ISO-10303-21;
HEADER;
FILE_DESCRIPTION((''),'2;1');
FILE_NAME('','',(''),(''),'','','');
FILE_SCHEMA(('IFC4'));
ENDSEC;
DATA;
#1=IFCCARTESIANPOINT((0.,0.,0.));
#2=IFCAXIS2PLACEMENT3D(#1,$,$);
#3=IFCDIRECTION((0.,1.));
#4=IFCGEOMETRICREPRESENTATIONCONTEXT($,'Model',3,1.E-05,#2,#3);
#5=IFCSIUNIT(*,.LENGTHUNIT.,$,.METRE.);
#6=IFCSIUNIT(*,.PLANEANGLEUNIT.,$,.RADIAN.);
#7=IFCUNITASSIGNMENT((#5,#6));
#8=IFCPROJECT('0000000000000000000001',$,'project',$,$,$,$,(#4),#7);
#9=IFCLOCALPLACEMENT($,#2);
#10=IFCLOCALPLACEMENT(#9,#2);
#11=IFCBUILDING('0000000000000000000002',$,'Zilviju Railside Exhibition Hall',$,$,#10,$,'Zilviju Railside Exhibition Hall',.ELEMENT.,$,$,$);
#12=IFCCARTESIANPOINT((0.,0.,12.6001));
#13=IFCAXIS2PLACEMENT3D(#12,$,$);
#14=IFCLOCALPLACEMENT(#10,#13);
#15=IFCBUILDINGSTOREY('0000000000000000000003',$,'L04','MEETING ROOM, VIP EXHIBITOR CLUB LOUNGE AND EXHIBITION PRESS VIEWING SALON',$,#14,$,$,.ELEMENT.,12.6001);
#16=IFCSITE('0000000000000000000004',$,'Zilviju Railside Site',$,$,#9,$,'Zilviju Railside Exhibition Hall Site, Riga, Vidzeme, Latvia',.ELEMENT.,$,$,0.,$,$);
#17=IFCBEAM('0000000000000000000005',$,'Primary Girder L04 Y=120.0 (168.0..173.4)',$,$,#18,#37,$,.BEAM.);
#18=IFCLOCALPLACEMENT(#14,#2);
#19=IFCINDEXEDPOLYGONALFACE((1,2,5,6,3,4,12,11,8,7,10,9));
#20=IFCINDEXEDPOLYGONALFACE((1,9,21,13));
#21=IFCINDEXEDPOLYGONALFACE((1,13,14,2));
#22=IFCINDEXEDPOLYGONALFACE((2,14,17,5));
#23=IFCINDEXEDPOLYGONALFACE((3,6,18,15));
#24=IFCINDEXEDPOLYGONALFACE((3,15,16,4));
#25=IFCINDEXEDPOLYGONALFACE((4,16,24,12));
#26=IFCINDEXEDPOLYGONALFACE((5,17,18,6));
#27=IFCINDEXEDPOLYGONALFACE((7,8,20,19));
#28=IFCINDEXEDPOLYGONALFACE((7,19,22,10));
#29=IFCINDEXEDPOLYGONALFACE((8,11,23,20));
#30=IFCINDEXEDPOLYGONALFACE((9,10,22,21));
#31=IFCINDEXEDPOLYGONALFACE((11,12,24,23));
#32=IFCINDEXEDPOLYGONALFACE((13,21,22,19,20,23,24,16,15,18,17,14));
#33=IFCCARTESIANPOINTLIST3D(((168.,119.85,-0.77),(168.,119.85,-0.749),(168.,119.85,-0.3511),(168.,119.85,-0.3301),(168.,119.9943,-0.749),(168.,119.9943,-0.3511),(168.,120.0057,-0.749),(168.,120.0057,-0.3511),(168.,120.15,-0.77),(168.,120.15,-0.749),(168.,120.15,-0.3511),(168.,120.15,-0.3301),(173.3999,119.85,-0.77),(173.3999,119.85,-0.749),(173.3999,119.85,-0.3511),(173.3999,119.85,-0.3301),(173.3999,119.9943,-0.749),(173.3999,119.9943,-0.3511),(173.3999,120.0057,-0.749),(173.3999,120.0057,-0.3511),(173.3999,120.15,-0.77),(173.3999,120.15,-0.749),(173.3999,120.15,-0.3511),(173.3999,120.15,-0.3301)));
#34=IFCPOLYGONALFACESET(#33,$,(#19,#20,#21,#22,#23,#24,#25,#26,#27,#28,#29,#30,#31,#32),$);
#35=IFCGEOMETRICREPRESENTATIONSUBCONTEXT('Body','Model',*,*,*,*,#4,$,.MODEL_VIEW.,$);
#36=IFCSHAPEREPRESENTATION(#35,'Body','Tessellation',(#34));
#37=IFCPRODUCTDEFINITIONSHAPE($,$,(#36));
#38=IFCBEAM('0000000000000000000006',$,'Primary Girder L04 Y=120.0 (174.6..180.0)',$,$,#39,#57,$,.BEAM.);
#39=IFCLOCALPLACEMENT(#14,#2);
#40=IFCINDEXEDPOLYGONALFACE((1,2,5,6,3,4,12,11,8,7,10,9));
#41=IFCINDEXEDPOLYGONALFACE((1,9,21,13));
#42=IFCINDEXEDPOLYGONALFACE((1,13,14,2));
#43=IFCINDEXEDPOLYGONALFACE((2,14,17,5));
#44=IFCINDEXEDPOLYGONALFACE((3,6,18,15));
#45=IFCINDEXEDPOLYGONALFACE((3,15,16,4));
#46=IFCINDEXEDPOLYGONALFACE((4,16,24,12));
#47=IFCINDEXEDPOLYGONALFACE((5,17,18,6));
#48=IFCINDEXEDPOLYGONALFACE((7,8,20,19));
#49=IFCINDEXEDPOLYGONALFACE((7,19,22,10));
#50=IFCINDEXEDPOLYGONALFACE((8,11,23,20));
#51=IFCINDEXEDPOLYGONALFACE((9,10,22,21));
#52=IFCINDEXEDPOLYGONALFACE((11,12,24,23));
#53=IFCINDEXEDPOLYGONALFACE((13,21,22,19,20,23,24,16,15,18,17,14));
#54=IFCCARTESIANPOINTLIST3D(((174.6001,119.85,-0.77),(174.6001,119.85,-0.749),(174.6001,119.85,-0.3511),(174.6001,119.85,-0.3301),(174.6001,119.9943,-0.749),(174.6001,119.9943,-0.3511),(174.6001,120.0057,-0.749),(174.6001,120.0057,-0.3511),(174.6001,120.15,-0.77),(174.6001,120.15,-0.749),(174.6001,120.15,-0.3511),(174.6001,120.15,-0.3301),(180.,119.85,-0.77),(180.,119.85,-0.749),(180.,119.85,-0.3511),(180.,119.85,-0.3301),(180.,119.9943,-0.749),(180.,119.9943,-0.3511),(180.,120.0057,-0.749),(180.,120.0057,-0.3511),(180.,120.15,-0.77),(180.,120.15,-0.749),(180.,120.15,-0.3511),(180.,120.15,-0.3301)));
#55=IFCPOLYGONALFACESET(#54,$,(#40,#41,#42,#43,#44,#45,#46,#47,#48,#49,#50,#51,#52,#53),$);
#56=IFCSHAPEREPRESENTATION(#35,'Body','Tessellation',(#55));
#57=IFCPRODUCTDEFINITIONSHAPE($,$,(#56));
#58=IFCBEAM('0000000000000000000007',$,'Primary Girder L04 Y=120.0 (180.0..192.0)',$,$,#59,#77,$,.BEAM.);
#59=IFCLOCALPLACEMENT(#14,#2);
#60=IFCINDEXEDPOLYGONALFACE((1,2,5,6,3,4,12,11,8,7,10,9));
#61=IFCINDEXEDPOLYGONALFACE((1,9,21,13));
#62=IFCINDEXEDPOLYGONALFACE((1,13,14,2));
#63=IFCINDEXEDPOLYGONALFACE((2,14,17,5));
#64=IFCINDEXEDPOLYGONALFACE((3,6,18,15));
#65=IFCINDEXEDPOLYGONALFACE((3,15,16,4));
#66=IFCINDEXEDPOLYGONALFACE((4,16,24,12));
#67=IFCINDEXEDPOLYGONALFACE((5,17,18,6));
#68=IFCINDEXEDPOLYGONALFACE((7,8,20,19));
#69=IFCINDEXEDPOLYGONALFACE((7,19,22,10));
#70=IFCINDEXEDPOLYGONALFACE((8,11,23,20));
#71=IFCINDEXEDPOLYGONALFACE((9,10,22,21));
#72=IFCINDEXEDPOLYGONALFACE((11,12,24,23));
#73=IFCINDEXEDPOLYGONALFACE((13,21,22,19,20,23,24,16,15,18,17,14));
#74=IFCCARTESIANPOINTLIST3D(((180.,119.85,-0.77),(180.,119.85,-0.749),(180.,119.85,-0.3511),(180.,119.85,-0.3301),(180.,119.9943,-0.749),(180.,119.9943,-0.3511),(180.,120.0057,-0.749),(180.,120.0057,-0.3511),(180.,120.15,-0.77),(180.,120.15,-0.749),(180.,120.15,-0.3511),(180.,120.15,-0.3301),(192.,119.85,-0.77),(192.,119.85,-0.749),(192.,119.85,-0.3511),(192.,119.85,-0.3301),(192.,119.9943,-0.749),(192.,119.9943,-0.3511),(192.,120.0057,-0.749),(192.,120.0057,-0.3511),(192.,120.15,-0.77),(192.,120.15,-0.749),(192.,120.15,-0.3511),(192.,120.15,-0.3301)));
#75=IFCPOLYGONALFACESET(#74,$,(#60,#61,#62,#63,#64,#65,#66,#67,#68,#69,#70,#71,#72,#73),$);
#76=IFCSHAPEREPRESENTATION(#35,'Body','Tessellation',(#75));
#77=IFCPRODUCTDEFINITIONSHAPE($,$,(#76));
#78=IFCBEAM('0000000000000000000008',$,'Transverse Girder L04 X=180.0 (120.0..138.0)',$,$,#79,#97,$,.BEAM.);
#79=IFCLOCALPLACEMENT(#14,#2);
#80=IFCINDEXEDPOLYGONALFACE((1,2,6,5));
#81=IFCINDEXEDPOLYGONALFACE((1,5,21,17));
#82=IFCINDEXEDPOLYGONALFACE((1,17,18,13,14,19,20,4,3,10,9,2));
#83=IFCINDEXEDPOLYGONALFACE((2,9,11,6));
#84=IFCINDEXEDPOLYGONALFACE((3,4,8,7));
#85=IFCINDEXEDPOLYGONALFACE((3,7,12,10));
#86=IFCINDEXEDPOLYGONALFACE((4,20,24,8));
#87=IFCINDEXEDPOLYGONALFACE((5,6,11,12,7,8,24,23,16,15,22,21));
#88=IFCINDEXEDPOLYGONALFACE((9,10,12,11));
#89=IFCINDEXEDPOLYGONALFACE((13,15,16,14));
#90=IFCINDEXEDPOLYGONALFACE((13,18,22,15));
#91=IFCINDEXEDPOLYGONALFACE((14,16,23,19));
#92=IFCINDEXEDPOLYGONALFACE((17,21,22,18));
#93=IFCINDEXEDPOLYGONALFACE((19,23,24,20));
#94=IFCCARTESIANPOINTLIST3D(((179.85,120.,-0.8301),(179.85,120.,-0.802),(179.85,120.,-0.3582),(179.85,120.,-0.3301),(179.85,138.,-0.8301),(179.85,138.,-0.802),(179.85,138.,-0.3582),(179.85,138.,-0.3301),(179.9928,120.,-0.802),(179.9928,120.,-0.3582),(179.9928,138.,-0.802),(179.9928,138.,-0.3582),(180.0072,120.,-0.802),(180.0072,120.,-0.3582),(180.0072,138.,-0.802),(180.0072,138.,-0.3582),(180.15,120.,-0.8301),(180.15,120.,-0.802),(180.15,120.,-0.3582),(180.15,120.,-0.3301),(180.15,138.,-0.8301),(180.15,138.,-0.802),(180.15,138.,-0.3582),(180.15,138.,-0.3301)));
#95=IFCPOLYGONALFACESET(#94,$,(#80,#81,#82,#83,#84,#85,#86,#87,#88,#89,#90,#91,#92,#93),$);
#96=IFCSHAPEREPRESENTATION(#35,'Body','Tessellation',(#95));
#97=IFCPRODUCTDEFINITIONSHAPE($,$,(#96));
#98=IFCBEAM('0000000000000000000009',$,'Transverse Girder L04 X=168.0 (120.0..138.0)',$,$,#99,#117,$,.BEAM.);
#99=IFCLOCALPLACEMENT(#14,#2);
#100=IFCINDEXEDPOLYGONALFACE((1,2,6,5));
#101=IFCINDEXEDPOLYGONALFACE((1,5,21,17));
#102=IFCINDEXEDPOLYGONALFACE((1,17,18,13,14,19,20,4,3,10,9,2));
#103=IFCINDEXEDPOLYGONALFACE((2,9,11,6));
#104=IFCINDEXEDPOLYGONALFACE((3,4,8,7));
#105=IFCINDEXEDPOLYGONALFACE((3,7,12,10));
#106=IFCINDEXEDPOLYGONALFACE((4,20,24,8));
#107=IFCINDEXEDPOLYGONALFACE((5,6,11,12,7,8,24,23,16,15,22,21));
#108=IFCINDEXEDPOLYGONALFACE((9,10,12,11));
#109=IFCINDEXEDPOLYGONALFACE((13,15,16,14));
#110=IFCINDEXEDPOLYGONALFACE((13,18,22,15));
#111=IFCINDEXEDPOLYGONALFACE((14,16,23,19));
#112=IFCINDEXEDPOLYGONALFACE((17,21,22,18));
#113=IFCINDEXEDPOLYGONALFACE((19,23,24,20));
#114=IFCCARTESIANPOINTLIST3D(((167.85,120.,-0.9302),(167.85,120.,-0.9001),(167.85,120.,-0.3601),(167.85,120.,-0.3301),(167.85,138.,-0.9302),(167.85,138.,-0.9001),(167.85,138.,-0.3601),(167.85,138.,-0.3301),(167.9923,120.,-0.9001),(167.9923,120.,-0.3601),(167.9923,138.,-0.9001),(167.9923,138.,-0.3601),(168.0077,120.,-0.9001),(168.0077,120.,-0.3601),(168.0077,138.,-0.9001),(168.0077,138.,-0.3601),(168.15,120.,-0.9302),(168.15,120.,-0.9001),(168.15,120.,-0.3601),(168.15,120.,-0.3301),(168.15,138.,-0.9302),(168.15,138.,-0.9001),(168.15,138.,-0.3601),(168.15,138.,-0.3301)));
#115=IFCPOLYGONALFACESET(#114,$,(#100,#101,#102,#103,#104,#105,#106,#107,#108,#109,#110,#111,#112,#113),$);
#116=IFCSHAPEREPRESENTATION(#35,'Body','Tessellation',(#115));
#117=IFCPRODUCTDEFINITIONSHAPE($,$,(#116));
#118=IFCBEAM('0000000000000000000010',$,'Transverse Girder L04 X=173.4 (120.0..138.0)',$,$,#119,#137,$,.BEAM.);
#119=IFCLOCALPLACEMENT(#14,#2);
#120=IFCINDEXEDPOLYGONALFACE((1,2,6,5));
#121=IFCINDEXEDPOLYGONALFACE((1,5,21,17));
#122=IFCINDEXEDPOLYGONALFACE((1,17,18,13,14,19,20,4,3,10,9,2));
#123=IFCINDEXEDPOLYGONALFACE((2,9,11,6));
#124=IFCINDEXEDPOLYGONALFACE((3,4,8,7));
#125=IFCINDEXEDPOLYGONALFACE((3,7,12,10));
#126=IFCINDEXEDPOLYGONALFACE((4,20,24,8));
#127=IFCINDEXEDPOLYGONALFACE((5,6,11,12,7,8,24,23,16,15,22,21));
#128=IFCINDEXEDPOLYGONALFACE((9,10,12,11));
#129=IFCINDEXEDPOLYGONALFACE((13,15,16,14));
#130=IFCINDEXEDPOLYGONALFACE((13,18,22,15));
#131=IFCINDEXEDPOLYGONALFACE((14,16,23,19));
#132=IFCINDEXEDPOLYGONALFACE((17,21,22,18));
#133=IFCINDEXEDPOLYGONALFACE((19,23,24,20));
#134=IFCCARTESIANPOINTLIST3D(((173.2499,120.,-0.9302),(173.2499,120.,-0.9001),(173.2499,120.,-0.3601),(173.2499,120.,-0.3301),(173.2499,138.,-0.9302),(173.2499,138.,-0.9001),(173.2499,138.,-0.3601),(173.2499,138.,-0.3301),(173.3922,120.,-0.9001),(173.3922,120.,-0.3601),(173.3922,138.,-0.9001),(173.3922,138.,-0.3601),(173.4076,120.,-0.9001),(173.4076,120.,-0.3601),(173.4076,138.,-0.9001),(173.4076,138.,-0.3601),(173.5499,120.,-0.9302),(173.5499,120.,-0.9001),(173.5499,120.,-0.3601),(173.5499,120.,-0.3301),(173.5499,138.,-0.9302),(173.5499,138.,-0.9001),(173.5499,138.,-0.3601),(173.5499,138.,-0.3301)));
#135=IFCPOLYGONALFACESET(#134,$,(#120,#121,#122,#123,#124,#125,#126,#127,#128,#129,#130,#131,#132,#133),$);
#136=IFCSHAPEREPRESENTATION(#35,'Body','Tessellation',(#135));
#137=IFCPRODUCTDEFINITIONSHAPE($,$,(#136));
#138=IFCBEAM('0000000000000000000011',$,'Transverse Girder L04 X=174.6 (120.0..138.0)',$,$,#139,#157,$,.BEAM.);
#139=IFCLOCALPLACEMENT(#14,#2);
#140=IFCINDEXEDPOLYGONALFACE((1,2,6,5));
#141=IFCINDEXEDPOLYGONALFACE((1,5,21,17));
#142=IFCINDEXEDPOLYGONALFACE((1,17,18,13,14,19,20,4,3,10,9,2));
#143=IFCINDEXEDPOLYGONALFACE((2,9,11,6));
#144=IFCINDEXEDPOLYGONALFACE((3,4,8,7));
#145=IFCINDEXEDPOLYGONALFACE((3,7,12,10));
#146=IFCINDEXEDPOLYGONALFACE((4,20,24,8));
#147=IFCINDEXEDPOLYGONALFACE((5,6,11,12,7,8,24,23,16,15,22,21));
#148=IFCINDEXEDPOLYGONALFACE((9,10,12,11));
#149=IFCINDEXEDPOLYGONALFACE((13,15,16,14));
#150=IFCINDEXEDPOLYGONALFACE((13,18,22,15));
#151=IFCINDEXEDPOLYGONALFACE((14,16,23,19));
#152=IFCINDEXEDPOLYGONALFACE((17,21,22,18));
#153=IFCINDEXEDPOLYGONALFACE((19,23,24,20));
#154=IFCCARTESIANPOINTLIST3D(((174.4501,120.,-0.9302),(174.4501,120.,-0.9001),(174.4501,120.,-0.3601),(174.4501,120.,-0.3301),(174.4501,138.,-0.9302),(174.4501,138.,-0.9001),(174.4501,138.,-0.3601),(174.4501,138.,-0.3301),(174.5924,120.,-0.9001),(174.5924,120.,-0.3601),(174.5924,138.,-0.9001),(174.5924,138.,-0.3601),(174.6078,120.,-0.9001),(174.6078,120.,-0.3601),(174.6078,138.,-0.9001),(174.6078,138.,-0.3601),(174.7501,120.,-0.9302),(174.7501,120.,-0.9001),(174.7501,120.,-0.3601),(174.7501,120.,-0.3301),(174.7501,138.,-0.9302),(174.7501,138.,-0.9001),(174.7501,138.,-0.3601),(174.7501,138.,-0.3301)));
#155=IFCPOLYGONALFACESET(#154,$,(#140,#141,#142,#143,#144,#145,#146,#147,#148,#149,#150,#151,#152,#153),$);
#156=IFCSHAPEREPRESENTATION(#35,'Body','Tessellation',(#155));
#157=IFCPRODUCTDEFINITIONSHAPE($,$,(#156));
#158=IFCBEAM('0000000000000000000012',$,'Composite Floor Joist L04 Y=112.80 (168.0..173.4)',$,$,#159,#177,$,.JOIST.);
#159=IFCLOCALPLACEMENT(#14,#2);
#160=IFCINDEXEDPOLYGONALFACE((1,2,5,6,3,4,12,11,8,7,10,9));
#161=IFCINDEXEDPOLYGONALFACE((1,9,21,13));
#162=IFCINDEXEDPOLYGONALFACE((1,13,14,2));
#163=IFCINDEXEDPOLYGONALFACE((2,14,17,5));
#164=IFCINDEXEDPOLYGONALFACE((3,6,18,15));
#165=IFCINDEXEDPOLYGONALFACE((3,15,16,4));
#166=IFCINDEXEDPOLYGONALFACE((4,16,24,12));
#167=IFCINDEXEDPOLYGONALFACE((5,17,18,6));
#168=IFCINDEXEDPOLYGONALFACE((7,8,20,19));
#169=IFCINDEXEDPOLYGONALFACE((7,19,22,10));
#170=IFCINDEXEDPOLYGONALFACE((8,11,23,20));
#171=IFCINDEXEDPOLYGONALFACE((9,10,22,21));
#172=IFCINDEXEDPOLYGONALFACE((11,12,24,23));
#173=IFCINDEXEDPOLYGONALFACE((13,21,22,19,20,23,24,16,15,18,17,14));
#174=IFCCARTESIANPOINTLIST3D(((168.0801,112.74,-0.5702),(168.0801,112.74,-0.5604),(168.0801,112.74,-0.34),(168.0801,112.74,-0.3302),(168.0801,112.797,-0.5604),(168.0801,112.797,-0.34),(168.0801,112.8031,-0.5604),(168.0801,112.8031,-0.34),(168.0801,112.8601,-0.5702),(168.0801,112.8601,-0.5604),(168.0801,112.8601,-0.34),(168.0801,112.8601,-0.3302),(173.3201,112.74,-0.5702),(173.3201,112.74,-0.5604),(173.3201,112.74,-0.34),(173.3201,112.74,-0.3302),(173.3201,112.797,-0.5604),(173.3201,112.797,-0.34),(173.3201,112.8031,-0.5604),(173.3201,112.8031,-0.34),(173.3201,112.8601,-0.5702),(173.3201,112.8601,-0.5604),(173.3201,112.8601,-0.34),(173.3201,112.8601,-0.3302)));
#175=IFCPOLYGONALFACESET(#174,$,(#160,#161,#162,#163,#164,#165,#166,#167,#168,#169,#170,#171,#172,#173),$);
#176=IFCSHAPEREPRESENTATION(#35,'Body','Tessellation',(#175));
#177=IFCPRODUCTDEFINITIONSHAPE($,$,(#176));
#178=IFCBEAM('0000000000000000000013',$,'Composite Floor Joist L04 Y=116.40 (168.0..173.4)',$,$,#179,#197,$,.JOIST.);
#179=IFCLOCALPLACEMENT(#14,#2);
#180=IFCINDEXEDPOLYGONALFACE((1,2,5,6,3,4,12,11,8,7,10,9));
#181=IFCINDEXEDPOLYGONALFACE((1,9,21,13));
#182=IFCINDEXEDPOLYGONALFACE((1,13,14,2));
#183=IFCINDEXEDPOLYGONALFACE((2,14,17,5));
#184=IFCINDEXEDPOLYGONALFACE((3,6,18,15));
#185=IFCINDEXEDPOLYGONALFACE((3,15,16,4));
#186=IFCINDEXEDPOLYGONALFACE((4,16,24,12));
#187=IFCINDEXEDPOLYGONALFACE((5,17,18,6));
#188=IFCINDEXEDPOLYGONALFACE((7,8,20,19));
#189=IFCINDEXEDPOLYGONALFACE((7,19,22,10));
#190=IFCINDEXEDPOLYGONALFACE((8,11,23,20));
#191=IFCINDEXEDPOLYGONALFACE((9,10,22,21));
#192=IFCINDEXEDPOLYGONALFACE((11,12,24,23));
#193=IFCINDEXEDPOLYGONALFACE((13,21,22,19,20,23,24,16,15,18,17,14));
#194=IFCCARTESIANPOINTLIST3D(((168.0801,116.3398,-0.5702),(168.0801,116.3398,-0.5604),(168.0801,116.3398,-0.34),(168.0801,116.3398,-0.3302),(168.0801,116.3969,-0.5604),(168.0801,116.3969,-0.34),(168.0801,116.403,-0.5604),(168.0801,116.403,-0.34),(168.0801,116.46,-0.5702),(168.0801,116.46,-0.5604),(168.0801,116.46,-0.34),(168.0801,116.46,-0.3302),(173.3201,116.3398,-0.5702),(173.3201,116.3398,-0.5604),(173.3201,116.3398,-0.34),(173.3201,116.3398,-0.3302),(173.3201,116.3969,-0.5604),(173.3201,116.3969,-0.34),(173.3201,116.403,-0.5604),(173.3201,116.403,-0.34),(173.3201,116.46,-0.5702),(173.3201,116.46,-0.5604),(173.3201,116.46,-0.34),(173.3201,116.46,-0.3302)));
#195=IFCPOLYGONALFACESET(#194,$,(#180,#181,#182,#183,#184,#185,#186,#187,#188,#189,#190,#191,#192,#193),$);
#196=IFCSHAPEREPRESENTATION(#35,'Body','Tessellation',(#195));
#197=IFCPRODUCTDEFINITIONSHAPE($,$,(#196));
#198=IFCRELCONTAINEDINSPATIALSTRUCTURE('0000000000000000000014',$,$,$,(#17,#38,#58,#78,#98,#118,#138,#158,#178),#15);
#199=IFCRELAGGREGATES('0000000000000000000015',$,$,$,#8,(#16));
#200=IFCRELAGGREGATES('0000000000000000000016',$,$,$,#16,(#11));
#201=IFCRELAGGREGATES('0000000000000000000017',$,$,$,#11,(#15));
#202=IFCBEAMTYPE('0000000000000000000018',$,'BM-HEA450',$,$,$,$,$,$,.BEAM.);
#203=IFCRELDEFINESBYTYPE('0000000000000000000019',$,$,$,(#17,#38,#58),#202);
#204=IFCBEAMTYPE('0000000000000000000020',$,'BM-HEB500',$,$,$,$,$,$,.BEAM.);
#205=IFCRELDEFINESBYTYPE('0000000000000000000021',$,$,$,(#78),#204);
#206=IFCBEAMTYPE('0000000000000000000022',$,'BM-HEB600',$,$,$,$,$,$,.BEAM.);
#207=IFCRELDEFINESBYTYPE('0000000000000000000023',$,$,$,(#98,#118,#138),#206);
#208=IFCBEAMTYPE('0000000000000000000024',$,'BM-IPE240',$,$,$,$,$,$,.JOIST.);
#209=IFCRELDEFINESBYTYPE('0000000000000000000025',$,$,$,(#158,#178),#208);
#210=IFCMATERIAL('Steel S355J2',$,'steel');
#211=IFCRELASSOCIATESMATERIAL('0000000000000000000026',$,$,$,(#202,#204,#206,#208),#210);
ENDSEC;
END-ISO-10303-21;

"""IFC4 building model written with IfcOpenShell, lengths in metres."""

from ifc_helpers import new_model, si_unit, direction, frame, origin, origin_2d, place, context, subcontext, project, spatial, i_section, extrude, material, material_profile, profile_set, type_object, element, save


model = new_model("IFC4")

# Units and contexts
model_context = context("Model", 3, precision=1e-05, world=origin(), true_north=direction((0.0, 1.0)))
body_context = subcontext(model_context, "Body", "Model", "MODEL_VIEW")
ifc_project = project(units=[si_unit("LENGTHUNIT", "METRE"), si_unit("PLANEANGLEUNIT", "RADIAN")], contexts=[model_context])

# Site, building, storey
site_placement = place(None, origin())
site = spatial("IfcSite", under=ifc_project, at=site_placement, Name="Zilviju Railside Site", LongName="Zilviju Railside Exhibition Hall Site, Riga, Vidzeme, Latvia", CompositionType="ELEMENT", RefElevation=0.0)
building_placement = place(site_placement, origin())
building = spatial("IfcBuilding", under=site, at=building_placement, Name="Zilviju Railside Exhibition Hall", LongName="Zilviju Railside Exhibition Hall", CompositionType="ELEMENT")
storey_placement = place(building_placement, frame((0.0, 0.0, 12.6001)))
storey = spatial("IfcBuildingStorey", under=building, at=storey_placement, Name="L04", Description="MEETING ROOM, VIP EXHIBITOR CLUB LOUNGE AND EXHIBITION PRESS VIEWING SALON", CompositionType="ELEMENT", Elevation=12.6001)

# Beams
ifc_material = material(Name="Steel S355J2", Category="steel")
ifc_material_profile_1 = material_profile(ifc_material, i_section(OverallWidth=0.3, OverallDepth=0.4399, WebThickness=0.0115, FlangeThickness=0.021, at=origin_2d()), Name="HEA 450")
ifc_profile_set_1 = profile_set([ifc_material_profile_1], Name="Steel S355J2")
beam_type_1 = type_object("IfcBeamType", Name="BM-HEA450", PredefinedType="BEAM", material=ifc_profile_set_1)
for number, where, z_axis, x_axis, name in (
    (1, (168.0, 120.0, -0.55), (1.0, 0.0, 0.0), (0.0, 1.0, 0.0), "Primary Girder L04 Y=120.0 (168.0..173.4)"),
    (2, (174.6001, 120.0, -0.55), (1.0, 0.0, 0.0), (0.0, 1.0, 0.0), "Primary Girder L04 Y=120.0 (174.6..180.0)"),
):
    element("IfcBeam", number, at=place(storey_placement, frame(where, z_axis=z_axis, x_axis=x_axis)), inside=storey, type_object=beam_type_1, Name=name, PredefinedType="BEAM", context=body_context, shape_type="SweptSolid", body=[
        extrude(i_section(OverallWidth=0.3, OverallDepth=0.4399, WebThickness=0.0115, FlangeThickness=0.021, at=origin_2d()), origin(), (0.0, 0.0, 1.0), 5.3999),
    ])
beam_1_placement = place(storey_placement, frame((180.0, 120.0, -0.55), z_axis=(1.0, 0.0, 0.0), x_axis=(0.0, 1.0, 0.0)))
element("IfcBeam", 3, at=beam_1_placement, inside=storey, type_object=beam_type_1, Name="Primary Girder L04 Y=120.0 (180.0..192.0)", PredefinedType="BEAM", context=body_context, shape_type="SweptSolid", body=[
    extrude(i_section(OverallWidth=0.3, OverallDepth=0.4399, WebThickness=0.0115, FlangeThickness=0.021, at=origin_2d()), origin(), (0.0, 0.0, 1.0), 12.0),
])
ifc_material_profile_2 = material_profile(ifc_material, i_section(OverallWidth=0.3, OverallDepth=0.5, WebThickness=0.0144, FlangeThickness=0.0281, at=origin_2d()), Name="HEB 500")
ifc_profile_set_2 = profile_set([ifc_material_profile_2], Name="Steel S355J2")
beam_type_2 = type_object("IfcBeamType", Name="BM-HEB500", PredefinedType="BEAM", material=ifc_profile_set_2)
beam_2_placement = place(storey_placement, frame((180.0, 120.0, -0.5801), z_axis=(0.0, 1.0, 0.0), x_axis=(-1.0, 0.0, 0.0)))
element("IfcBeam", 4, at=beam_2_placement, inside=storey, type_object=beam_type_2, Name="Transverse Girder L04 X=180.0 (120.0..138.0)", PredefinedType="BEAM", context=body_context, shape_type="SweptSolid", body=[
    extrude(i_section(OverallWidth=0.3, OverallDepth=0.5, WebThickness=0.0144, FlangeThickness=0.0281, at=origin_2d()), origin(), (0.0, 0.0, 1.0), 18.0),
])
ifc_material_profile_3 = material_profile(ifc_material, i_section(OverallWidth=0.3, OverallDepth=0.6001, WebThickness=0.0154, FlangeThickness=0.03, at=origin_2d()), Name="HEB 600")
ifc_profile_set_3 = profile_set([ifc_material_profile_3], Name="Steel S355J2")
beam_type_3 = type_object("IfcBeamType", Name="BM-HEB600", PredefinedType="BEAM", material=ifc_profile_set_3)
for number, where, z_axis, x_axis, name in (
    (5, (168.0, 120.0, -0.6301), (0.0, 1.0, 0.0), (-1.0, 0.0, 0.0), "Transverse Girder L04 X=168.0 (120.0..138.0)"),
    (6, (173.3999, 120.0, -0.6301), (0.0, 1.0, 0.0), (-1.0, 0.0, 0.0), "Transverse Girder L04 X=173.4 (120.0..138.0)"),
    (7, (174.6001, 120.0, -0.6301), (0.0, 1.0, 0.0), (-1.0, 0.0, 0.0), "Transverse Girder L04 X=174.6 (120.0..138.0)"),
):
    element("IfcBeam", number, at=place(storey_placement, frame(where, z_axis=z_axis, x_axis=x_axis)), inside=storey, type_object=beam_type_3, Name=name, PredefinedType="BEAM", context=body_context, shape_type="SweptSolid", body=[
        extrude(i_section(OverallWidth=0.3, OverallDepth=0.6001, WebThickness=0.0154, FlangeThickness=0.03, at=origin_2d()), origin(), (0.0, 0.0, 1.0), 18.0),
    ])
ifc_material_profile_4 = material_profile(ifc_material, i_section(OverallWidth=0.1201, OverallDepth=0.24, WebThickness=0.0061, FlangeThickness=0.0098, at=origin_2d()), Name="IPE 240")
ifc_profile_set_4 = profile_set([ifc_material_profile_4], Name="Steel S355J2")
beam_type_4 = type_object("IfcBeamType", Name="BM-IPE240", PredefinedType="JOIST", material=ifc_profile_set_4)
for number, where, z_axis, x_axis, name in (
    (8, (168.0801, 112.8, -0.4502), (1.0, 0.0, 0.0), (0.0, 1.0, 0.0), "Composite Floor Joist L04 Y=112.80 (168.0..173.4)"),
    (9, (168.0801, 116.3999, -0.4502), (1.0, 0.0, 0.0), (0.0, 1.0, 0.0), "Composite Floor Joist L04 Y=116.40 (168.0..173.4)"),
):
    element("IfcBeam", number, at=place(storey_placement, frame(where, z_axis=z_axis, x_axis=x_axis)), inside=storey, type_object=beam_type_4, Name=name, PredefinedType="JOIST", context=body_context, shape_type="SweptSolid", body=[
        extrude(i_section(OverallWidth=0.1201, OverallDepth=0.24, WebThickness=0.0061, FlangeThickness=0.0098, at=origin_2d()), origin(), (0.0, 0.0, 1.0), 5.24),
    ])

save(model, "model.ifc")
